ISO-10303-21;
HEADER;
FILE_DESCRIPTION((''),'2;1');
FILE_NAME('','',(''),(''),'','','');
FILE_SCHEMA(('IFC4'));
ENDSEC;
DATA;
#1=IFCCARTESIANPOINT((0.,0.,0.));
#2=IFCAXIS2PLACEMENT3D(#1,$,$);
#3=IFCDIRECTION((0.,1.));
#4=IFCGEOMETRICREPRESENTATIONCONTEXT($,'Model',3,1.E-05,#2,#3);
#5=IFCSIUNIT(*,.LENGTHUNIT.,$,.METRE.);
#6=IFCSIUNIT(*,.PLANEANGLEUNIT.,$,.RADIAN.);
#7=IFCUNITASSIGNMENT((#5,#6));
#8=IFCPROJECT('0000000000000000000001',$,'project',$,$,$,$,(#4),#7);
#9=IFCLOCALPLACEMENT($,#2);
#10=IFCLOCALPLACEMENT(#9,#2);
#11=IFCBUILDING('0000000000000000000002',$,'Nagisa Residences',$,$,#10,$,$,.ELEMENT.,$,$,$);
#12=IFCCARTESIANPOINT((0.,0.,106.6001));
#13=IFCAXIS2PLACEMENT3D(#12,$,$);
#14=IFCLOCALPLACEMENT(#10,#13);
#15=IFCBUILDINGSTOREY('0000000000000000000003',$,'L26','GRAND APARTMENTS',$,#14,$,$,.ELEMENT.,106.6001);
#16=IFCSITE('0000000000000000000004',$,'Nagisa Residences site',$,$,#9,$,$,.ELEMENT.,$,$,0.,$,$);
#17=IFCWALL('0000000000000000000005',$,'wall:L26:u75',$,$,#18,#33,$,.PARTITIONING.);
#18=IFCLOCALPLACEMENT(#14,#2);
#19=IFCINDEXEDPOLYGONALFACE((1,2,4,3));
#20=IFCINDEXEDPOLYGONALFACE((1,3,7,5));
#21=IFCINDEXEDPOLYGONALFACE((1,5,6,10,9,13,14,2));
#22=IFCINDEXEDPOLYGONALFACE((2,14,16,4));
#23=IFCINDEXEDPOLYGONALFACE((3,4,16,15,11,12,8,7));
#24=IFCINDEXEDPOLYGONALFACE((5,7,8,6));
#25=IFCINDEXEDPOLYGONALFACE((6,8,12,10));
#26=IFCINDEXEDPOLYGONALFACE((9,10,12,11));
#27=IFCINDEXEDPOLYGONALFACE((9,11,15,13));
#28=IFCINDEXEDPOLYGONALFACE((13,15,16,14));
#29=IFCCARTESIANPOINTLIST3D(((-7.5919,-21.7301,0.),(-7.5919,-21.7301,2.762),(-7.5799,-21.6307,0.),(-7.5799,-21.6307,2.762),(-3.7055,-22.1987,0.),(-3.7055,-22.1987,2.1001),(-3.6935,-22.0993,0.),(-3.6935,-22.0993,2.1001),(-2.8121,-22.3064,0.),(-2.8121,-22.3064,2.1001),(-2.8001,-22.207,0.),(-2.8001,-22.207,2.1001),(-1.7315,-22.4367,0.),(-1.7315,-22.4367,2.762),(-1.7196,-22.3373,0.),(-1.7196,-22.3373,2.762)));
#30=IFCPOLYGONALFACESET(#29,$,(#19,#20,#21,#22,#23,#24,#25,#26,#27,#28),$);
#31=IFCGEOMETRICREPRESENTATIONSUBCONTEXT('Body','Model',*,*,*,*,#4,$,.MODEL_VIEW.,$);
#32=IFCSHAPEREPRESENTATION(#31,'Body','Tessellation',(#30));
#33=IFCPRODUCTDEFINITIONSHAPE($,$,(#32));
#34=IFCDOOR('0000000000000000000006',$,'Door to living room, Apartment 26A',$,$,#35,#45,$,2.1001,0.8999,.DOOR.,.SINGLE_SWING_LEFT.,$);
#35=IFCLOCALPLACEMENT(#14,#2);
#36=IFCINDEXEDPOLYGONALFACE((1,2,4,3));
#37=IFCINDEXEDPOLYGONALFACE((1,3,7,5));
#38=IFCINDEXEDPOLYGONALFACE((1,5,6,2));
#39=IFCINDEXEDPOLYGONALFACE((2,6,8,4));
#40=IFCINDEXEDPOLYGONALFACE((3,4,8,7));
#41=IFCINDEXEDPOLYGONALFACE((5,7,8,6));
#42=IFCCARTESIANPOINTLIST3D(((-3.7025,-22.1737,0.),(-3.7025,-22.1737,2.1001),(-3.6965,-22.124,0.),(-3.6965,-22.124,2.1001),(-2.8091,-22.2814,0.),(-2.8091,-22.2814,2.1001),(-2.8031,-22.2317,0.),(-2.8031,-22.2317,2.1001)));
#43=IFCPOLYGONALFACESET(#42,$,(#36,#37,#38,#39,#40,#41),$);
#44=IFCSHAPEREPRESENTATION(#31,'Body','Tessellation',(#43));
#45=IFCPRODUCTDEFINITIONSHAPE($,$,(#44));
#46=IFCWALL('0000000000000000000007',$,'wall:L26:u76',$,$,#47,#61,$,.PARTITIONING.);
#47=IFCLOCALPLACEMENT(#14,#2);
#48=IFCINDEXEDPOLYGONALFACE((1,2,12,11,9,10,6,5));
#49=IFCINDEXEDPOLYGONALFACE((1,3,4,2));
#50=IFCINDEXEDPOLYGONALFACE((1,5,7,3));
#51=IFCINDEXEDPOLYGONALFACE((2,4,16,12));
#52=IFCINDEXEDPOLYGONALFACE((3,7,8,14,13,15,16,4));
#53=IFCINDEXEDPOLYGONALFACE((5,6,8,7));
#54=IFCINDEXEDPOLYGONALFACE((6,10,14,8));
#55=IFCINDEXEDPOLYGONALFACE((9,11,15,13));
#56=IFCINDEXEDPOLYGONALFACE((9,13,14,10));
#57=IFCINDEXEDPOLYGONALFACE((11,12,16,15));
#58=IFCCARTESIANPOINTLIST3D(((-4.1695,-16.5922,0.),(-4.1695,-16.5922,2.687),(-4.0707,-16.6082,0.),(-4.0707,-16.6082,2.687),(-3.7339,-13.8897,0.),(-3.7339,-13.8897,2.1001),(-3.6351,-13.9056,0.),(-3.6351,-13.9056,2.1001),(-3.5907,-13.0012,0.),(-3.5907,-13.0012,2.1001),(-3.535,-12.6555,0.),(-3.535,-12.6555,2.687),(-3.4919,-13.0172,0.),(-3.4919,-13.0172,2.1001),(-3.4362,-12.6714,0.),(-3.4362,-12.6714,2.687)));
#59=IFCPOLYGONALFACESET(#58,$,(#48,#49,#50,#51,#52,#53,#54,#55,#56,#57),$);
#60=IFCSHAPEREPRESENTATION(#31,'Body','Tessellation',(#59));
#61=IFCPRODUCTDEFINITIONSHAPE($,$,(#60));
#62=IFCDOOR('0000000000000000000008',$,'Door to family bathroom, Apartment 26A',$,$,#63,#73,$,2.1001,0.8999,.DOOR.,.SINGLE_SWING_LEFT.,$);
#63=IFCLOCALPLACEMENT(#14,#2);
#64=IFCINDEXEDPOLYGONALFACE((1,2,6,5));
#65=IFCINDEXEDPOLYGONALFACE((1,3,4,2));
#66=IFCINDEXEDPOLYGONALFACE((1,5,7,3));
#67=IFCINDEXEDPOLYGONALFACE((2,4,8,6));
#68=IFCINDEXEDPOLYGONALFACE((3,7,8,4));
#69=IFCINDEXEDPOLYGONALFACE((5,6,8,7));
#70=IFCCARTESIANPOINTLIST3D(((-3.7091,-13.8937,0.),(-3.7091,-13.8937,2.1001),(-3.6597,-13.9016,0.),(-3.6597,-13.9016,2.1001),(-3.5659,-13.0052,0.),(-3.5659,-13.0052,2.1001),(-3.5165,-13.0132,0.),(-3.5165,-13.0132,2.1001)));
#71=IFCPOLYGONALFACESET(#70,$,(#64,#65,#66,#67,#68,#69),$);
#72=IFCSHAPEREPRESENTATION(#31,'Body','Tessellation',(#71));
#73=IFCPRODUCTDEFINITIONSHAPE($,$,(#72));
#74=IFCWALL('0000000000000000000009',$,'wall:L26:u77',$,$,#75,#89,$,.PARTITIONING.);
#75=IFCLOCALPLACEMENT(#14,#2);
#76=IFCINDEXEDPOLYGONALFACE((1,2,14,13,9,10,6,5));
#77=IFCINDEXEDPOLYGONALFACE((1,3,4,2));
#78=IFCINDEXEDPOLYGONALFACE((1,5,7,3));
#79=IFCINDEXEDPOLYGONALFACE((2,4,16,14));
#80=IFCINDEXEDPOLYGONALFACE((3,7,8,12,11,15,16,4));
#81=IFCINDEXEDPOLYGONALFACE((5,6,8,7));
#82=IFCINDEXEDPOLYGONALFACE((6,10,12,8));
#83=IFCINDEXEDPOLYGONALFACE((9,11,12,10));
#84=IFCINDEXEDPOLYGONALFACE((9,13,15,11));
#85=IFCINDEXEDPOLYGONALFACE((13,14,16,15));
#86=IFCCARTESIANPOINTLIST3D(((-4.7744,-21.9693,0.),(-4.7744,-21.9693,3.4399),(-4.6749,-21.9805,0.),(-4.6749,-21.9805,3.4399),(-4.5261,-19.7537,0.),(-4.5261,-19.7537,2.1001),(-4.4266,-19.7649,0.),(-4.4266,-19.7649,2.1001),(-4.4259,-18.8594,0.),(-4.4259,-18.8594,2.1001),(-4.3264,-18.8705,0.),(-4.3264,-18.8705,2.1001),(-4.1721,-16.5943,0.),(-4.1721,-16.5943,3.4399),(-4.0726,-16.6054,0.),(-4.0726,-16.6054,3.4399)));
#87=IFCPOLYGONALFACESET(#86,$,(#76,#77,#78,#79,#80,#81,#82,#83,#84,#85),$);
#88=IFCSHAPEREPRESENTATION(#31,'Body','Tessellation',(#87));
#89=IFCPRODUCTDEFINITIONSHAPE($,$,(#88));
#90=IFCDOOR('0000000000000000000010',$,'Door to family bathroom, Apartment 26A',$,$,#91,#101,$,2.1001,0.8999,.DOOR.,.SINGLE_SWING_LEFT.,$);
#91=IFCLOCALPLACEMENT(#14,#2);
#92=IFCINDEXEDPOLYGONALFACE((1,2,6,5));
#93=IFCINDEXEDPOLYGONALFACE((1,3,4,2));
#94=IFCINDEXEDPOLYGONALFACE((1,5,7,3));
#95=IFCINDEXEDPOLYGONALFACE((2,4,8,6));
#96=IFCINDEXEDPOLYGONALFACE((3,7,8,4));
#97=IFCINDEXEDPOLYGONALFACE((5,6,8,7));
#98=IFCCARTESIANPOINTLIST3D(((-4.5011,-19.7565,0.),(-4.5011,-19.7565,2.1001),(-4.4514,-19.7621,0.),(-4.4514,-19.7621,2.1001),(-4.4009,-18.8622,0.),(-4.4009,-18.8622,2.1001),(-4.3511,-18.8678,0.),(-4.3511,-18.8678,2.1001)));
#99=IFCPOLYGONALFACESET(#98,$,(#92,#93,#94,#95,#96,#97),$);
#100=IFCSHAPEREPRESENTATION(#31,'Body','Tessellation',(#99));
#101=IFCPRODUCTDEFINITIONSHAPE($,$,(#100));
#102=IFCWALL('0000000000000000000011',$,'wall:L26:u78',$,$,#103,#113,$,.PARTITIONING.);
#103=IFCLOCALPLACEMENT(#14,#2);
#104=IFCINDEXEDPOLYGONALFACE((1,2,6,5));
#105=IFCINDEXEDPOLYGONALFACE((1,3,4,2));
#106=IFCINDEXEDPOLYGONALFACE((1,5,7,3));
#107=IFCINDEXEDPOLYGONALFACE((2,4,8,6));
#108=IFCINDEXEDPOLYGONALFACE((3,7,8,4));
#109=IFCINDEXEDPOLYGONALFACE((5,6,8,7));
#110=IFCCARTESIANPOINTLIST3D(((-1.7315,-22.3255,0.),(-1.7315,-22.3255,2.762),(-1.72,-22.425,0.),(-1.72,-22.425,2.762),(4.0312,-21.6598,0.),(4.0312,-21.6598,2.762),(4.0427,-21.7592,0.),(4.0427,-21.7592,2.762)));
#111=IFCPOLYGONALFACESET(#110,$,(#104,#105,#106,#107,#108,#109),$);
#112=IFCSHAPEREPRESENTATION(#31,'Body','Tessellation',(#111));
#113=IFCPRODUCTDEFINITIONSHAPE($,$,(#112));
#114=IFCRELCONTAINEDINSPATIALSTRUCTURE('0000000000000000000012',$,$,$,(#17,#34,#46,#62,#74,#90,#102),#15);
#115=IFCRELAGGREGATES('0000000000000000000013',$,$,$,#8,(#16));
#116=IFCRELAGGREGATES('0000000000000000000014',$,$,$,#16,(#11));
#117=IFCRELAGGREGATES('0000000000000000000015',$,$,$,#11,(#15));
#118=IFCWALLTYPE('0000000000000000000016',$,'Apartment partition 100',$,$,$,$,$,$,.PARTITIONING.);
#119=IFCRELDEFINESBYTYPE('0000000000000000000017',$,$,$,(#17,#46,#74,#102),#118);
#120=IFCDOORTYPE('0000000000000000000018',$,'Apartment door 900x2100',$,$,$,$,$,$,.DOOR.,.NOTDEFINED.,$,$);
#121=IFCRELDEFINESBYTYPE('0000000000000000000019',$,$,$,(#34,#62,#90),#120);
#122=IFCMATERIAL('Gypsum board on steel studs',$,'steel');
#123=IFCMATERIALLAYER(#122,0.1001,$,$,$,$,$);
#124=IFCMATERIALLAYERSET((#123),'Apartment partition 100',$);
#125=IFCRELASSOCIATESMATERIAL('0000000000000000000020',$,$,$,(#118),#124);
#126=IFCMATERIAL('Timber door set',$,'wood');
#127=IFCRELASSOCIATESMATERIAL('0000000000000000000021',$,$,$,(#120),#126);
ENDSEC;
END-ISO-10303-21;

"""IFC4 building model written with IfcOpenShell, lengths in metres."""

from ifc_helpers import new_model, si_unit, direction, frame, frame_2d, origin, place, context, subcontext, project, spatial, rectangle, extrude, material, layer, layer_set, type_object, element, fill, save


model = new_model("IFC4")

# Units and contexts
model_context = context("Model", 3, precision=1e-05, world=origin(), true_north=direction((0.0, 1.0)))
body_context = subcontext(model_context, "Body", "Model", "MODEL_VIEW")
ifc_project = project(units=[si_unit("LENGTHUNIT", "METRE"), si_unit("PLANEANGLEUNIT", "RADIAN")], contexts=[model_context])

# Site, building, storey
site_placement = place(None, origin())
site = spatial("IfcSite", under=ifc_project, at=site_placement, Name="Nagisa Residences site", CompositionType="ELEMENT", RefElevation=0.0)
building_placement = place(site_placement, origin())
building = spatial("IfcBuilding", under=site, at=building_placement, Name="Nagisa Residences", CompositionType="ELEMENT")
storey_placement = place(building_placement, frame((0.0, 0.0, 106.6001)))
storey = spatial("IfcBuildingStorey", under=building, at=storey_placement, Name="L26", Description="GRAND APARTMENTS", CompositionType="ELEMENT", Elevation=106.6001)

# Shared definitions
ifc_material_1 = material(Name="Gypsum board on steel studs", Category="steel")
ifc_layer_1 = layer(ifc_material_1, 0.1001)
ifc_layer_set_1 = layer_set([ifc_layer_1], Name="Apartment partition 100")
wall_type_1 = type_object("IfcWallType", Name="Apartment partition 100", PredefinedType="PARTITIONING", material=ifc_layer_set_1)
ifc_material_2 = material(Name="Timber door set", Category="wood")
door_type_1 = type_object("IfcDoorType", Name="Apartment door 900x2100", OperationType="NOTDEFINED", PredefinedType="DOOR", material=ifc_material_2)

# Walls, openings, doors
wall_1_placement = place(storey_placement, frame((-7.5859, -21.6804, 0.0), z_axis=(0.0, 0.0, 1.0), x_axis=(0.992811, -0.119696, 0.0)))
wall_1 = element("IfcWall", 1, at=wall_1_placement, inside=storey, type_object=wall_type_1, Name="wall:L26:u75", PredefinedType="PARTITIONING", context=body_context, shape_type="SweptSolid", body=[
    extrude(rectangle(XDim=5.9028, YDim=0.1001, at=frame_2d((2.9514, 0.0))), origin(), (0.0, 0.0, 1.0), 2.762),
])
opening_1_placement = place(wall_1_placement, frame((3.9146, 0.0, 0.0)))
opening_1 = element("IfcOpeningElement", 2, at=opening_1_placement, cuts=wall_1, PredefinedType="OPENING", context=body_context, shape_type="SweptSolid", body=[
    extrude(rectangle(XDim=0.8999, YDim=2.1001, at=frame_2d((0.45, 1.05))), frame((0.0, 0.0601, 0.0), z_axis=(0.0, -1.0, 0.0), x_axis=(1.0, 0.0, 0.0)), (0.0, 0.0, 1.0), 0.1201),
])
door_1_placement = place(opening_1_placement, frame((0.8999, 0.0, 0.0), x_axis=(-1.0, 0.0, 0.0)))
door_1 = element("IfcDoor", 3, at=door_1_placement, inside=storey, type_object=door_type_1, Name="Door to living room, Apartment 26A", OperationType="SINGLE_SWING_LEFT", OverallHeight=2.1001, OverallWidth=0.8999, PredefinedType="DOOR", context=body_context, shape_type="SweptSolid", body=[
    extrude(rectangle(XDim=0.8999, YDim=2.1001, at=frame_2d((0.45, 1.05))), frame((0.0, 0.0249, 0.0), z_axis=(0.0, -1.0, 0.0), x_axis=(1.0, 0.0, 0.0)), (0.0, 0.0, 1.0), 0.05),
])
fill(opening_1, door_1)
wall_2_placement = place(storey_placement, frame((-3.4856, -12.6636, 0.0), z_axis=(0.0, 0.0, 1.0), x_axis=(-0.159125, -0.987259, 0.0)))
wall_2 = element("IfcWall", 4, at=wall_2_placement, inside=storey, type_object=wall_type_1, Name="wall:L26:u76", PredefinedType="PARTITIONING", context=body_context, shape_type="SweptSolid", body=[
    extrude(rectangle(XDim=3.9875, YDim=0.1001, at=frame_2d((1.9937, 0.0))), origin(), (0.0, 0.0, 1.0), 2.687),
])
opening_2_placement = place(wall_2_placement, frame((0.3501, 0.0, 0.0)))
opening_2 = element("IfcOpeningElement", 5, at=opening_2_placement, cuts=wall_2, PredefinedType="OPENING", context=body_context, shape_type="SweptSolid", body=[
    extrude(rectangle(XDim=0.8999, YDim=2.1001, at=frame_2d((0.45, 1.05))), frame((0.0, 0.0601, 0.0), z_axis=(0.0, -1.0, 0.0), x_axis=(1.0, 0.0, 0.0)), (0.0, 0.0, 1.0), 0.1201),
])
door_2_placement = place(opening_2_placement, frame((0.8999, 0.0, 0.0), x_axis=(-1.0, 0.0, 0.0)))
door_2 = element("IfcDoor", 6, at=door_2_placement, inside=storey, type_object=door_type_1, Name="Door to family bathroom, Apartment 26A", OperationType="SINGLE_SWING_LEFT", OverallHeight=2.1001, OverallWidth=0.8999, PredefinedType="DOOR", context=body_context, shape_type="SweptSolid", body=[
    extrude(rectangle(XDim=0.8999, YDim=2.1001, at=frame_2d((0.45, 1.05))), frame((0.0, 0.0249, 0.0), z_axis=(0.0, -1.0, 0.0), x_axis=(1.0, 0.0, 0.0)), (0.0, 0.0, 1.0), 0.05),
])
fill(opening_2, door_2)
wall_3_placement = place(storey_placement, frame((-4.1223, -16.5999, 0.0), z_axis=(0.0, 0.0, 1.0), x_axis=(-0.111358, -0.99378, 0.0)))
wall_3 = element("IfcWall", 7, at=wall_3_placement, inside=storey, type_object=wall_type_1, Name="wall:L26:u77", PredefinedType="PARTITIONING", context=body_context, shape_type="SweptSolid", body=[
    extrude(rectangle(XDim=5.4087, YDim=0.1001, at=frame_2d((2.7043, 0.0))), origin(), (0.0, 0.0, 1.0), 3.4399),
])
opening_3_placement = place(wall_3_placement, frame((2.2793, 0.0, 0.0)))
opening_3 = element("IfcOpeningElement", 8, at=opening_3_placement, cuts=wall_3, PredefinedType="OPENING", context=body_context, shape_type="SweptSolid", body=[
    extrude(rectangle(XDim=0.8999, YDim=2.1001, at=frame_2d((0.45, 1.05))), frame((0.0, 0.0601, 0.0), z_axis=(0.0, -1.0, 0.0), x_axis=(1.0, 0.0, 0.0)), (0.0, 0.0, 1.0), 0.1201),
])
door_3_placement = place(opening_3_placement, frame((0.8999, 0.0, 0.0), x_axis=(-1.0, 0.0, 0.0)))
door_3 = element("IfcDoor", 9, at=door_3_placement, inside=storey, type_object=door_type_1, Name="Door to family bathroom, Apartment 26A", OperationType="SINGLE_SWING_LEFT", OverallHeight=2.1001, OverallWidth=0.8999, PredefinedType="DOOR", context=body_context, shape_type="SweptSolid", body=[
    extrude(rectangle(XDim=0.8999, YDim=2.1001, at=frame_2d((0.45, 1.05))), frame((0.0, 0.0249, 0.0), z_axis=(0.0, -1.0, 0.0), x_axis=(1.0, 0.0, 0.0)), (0.0, 0.0, 1.0), 0.05),
])
fill(opening_3, door_3)

# Wall
wall_4_placement = place(storey_placement, frame((-1.7256, -22.3752, 0.0), z_axis=(0.0, 0.0, 1.0), x_axis=(0.993392, 0.114768, 0.0)))
element("IfcWall", 10, at=wall_4_placement, inside=storey, type_object=wall_type_1, Name="wall:L26:u78", PredefinedType="PARTITIONING", context=body_context, shape_type="SweptSolid", body=[
    extrude(rectangle(XDim=5.801, YDim=0.1001, at=frame_2d((2.9004, 0.0))), origin(), (0.0, 0.0, 1.0), 2.762),
])

save(model, "model.ifc")
